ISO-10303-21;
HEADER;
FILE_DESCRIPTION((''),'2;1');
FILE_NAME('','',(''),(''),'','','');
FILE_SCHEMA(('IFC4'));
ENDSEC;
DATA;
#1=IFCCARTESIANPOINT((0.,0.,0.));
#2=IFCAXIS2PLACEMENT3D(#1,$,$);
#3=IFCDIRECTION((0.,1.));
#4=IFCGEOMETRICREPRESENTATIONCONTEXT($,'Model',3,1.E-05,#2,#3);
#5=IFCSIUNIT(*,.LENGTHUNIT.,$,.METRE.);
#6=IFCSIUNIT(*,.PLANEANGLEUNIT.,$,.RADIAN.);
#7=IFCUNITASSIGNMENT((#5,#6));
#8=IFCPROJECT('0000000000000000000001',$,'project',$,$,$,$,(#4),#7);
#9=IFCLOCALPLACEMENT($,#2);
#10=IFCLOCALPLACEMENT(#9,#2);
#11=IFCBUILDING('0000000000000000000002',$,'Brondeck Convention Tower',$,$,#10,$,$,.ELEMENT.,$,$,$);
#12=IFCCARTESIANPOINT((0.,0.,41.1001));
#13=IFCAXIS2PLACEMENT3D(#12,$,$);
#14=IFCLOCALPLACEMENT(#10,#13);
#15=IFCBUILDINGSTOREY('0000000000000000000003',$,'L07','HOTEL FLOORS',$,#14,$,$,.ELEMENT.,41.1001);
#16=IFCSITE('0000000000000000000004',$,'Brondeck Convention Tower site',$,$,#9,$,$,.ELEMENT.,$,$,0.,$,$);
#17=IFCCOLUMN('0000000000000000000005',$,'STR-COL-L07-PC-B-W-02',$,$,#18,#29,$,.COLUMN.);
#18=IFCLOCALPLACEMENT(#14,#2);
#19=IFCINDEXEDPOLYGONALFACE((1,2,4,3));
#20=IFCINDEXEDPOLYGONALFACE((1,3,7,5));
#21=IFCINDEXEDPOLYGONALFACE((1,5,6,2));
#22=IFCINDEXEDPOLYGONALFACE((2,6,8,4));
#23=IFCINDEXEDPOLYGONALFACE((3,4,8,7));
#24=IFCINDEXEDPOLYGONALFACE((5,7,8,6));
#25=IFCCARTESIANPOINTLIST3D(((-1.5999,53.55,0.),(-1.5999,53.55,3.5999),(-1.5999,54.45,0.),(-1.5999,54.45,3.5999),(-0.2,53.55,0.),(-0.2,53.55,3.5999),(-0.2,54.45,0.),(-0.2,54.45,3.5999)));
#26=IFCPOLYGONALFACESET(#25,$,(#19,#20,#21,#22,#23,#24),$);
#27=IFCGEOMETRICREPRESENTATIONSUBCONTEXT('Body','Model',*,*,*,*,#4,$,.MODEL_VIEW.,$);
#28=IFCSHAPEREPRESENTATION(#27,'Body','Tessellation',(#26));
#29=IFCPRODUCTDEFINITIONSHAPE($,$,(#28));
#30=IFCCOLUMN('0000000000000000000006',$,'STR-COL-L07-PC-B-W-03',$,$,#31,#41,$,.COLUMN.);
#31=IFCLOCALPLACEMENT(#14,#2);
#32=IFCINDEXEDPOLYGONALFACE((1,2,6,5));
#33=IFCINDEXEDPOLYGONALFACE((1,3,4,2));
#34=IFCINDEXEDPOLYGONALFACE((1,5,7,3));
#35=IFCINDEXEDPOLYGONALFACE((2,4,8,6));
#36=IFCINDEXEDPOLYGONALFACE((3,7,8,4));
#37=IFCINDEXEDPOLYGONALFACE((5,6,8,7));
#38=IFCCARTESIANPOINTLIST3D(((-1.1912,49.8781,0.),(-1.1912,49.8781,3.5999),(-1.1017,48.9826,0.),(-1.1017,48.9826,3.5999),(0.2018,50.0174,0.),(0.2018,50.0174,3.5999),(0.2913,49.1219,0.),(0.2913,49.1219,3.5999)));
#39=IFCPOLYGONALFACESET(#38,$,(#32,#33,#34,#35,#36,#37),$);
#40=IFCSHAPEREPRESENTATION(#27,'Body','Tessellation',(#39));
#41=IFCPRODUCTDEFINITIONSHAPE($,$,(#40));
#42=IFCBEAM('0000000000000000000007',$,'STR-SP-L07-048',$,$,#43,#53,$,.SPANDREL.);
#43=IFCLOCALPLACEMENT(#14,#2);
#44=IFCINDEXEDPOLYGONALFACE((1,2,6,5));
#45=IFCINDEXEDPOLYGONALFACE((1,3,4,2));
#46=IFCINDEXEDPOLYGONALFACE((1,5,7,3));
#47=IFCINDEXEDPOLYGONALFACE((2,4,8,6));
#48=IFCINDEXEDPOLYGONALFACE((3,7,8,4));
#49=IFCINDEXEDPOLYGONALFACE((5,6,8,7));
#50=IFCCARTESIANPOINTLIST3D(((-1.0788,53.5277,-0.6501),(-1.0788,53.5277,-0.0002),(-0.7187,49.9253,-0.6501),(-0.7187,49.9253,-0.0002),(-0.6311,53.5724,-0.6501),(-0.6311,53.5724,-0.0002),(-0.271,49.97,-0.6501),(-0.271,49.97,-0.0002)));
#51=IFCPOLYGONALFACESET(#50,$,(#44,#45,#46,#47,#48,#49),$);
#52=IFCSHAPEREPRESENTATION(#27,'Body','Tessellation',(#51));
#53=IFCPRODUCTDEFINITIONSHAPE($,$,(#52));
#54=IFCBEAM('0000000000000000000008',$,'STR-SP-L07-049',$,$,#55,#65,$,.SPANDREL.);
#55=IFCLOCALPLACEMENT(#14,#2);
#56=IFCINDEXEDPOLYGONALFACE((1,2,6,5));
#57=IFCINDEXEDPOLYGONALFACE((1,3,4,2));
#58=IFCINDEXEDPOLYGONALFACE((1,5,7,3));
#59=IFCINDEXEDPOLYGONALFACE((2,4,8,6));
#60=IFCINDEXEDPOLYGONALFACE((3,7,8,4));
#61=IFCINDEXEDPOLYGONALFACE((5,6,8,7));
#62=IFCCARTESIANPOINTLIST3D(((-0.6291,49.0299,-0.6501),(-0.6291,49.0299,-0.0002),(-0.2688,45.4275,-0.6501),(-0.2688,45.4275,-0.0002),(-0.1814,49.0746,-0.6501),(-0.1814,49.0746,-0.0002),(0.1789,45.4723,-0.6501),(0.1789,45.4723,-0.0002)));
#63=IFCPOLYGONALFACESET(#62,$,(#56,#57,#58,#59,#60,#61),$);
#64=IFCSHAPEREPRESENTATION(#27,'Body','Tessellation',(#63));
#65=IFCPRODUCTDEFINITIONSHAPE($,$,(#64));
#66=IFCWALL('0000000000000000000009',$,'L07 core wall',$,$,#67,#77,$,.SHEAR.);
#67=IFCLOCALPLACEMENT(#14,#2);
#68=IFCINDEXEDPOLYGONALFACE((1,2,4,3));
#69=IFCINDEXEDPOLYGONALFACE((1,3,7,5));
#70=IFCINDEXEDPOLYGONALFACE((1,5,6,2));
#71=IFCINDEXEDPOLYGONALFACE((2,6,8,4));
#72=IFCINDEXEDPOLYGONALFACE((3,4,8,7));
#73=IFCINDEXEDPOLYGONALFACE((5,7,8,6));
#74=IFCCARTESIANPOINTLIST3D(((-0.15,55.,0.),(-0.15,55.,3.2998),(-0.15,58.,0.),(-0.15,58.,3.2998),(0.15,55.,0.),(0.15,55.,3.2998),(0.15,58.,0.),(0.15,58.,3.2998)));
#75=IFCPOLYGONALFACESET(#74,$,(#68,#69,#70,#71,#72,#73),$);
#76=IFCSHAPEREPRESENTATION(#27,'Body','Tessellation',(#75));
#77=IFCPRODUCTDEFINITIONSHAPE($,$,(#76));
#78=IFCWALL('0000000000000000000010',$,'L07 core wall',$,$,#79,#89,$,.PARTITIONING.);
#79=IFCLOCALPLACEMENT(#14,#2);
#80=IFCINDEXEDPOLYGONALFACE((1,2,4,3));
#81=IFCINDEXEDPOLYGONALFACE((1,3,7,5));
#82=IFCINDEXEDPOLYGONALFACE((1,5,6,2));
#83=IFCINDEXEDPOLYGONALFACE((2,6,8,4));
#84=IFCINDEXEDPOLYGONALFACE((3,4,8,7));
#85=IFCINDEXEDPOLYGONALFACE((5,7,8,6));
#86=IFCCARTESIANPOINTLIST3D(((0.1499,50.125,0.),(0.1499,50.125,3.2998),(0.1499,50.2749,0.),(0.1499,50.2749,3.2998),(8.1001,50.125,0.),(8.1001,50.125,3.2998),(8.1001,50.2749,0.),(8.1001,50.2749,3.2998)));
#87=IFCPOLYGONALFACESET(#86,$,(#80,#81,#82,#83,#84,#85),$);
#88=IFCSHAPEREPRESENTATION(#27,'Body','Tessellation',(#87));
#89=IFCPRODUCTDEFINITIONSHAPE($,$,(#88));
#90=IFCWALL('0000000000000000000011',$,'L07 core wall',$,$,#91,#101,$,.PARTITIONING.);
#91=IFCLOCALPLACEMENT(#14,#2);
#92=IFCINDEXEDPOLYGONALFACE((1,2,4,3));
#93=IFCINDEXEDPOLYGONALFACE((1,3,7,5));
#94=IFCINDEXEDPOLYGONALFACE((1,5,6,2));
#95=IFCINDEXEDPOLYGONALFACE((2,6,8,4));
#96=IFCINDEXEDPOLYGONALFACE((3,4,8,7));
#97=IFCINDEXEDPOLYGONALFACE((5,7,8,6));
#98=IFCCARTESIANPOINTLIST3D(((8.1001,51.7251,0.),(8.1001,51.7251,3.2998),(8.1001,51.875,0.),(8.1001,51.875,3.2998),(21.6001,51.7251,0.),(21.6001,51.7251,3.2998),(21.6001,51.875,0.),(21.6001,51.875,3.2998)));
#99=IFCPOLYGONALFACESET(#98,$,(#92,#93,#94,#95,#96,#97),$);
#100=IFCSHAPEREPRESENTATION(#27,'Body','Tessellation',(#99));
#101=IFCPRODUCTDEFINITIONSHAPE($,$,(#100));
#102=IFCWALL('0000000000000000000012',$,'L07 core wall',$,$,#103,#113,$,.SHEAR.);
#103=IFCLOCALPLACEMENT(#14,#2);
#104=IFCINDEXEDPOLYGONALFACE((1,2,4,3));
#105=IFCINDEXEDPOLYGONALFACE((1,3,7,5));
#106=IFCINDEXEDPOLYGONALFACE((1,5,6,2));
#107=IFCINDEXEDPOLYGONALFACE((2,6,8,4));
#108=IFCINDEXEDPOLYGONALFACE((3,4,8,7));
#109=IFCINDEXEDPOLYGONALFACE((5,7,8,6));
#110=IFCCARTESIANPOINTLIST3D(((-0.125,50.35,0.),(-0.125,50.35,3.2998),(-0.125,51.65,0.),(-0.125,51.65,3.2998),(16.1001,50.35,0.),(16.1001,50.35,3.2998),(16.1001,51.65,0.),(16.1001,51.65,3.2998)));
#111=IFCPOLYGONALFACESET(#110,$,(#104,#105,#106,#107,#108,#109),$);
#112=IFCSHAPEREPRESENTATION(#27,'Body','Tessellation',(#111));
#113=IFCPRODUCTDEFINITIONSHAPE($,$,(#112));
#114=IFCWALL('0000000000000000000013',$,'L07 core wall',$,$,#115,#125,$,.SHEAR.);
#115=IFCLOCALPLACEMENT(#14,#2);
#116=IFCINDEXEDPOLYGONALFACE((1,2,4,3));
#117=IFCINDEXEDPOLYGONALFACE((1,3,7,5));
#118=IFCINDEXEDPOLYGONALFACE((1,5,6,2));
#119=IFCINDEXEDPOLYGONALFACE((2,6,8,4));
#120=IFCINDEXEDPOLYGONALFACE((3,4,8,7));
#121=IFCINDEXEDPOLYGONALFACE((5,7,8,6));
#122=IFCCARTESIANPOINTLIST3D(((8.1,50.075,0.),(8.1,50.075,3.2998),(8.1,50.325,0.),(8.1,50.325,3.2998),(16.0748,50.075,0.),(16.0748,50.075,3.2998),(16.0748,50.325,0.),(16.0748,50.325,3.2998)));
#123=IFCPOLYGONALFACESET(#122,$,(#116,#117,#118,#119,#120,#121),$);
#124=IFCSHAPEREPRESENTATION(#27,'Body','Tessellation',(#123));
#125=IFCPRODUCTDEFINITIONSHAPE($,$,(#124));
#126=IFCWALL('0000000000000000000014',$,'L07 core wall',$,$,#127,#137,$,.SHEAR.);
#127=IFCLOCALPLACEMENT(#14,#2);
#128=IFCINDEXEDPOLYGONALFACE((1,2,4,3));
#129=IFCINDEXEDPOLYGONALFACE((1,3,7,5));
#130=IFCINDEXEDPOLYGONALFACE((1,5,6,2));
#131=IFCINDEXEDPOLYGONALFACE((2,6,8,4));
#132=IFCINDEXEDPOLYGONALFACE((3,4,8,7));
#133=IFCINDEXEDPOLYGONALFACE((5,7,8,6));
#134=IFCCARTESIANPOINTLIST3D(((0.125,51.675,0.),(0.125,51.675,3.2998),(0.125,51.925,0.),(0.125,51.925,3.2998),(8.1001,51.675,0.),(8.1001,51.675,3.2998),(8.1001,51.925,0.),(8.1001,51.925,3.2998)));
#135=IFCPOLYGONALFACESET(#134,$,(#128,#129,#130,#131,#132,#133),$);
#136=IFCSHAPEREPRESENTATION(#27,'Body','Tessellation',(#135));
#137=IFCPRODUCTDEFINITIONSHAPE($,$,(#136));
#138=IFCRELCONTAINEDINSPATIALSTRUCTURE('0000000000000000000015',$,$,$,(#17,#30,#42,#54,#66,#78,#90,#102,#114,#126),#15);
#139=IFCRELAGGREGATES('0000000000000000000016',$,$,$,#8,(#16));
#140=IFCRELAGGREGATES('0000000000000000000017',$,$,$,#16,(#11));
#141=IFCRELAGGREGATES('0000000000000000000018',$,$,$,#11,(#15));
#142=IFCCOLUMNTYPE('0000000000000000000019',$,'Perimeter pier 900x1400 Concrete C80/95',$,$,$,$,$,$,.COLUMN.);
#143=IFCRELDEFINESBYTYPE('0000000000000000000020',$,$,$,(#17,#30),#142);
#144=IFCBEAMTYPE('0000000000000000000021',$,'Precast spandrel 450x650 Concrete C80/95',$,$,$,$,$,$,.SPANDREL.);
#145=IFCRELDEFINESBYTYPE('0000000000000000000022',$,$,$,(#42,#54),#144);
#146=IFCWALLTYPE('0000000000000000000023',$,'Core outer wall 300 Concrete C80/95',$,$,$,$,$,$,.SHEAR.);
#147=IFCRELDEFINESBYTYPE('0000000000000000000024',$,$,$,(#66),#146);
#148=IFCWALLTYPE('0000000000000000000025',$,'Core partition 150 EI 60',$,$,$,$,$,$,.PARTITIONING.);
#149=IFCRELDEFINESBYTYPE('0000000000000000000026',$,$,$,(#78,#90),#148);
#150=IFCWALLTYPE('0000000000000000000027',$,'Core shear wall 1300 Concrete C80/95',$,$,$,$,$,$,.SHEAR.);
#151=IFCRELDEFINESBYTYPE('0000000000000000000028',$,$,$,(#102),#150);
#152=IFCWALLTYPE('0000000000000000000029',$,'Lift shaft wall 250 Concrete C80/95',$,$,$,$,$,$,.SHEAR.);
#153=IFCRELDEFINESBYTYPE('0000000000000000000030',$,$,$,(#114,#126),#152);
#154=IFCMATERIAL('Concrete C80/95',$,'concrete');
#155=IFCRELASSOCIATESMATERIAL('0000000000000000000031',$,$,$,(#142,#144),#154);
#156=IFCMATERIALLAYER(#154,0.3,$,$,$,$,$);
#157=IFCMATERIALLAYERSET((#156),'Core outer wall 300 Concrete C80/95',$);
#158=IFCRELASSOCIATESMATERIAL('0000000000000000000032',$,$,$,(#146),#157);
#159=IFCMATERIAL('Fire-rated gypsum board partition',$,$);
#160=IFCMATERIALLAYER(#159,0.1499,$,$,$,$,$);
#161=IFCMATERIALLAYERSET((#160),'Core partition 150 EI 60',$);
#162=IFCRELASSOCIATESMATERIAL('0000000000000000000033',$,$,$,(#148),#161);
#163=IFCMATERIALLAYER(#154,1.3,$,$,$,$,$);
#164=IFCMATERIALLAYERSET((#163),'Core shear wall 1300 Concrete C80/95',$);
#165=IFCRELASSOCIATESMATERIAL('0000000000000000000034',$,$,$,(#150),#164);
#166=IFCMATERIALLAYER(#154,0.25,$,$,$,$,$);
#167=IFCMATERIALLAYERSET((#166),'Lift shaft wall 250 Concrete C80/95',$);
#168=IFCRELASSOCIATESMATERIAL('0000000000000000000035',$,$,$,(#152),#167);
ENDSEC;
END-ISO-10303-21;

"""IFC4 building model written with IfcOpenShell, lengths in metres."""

from ifc_helpers import new_model, si_unit, direction, frame, frame_2d, origin, origin_2d, place, context, subcontext, project, spatial, rectangle, extrude, material, layer, layer_set, material_profile, profile_set, type_object, element, save


model = new_model("IFC4")

# Units and contexts
model_context = context("Model", 3, precision=1e-05, world=origin(), true_north=direction((0.0, 1.0)))
body_context = subcontext(model_context, "Body", "Model", "MODEL_VIEW")
ifc_project = project(units=[si_unit("LENGTHUNIT", "METRE"), si_unit("PLANEANGLEUNIT", "RADIAN")], contexts=[model_context])

# Site, building, storey
site_placement = place(None, origin())
site = spatial("IfcSite", under=ifc_project, at=site_placement, Name="Brondeck Convention Tower site", CompositionType="ELEMENT", RefElevation=0.0)
building_placement = place(site_placement, origin())
building = spatial("IfcBuilding", under=site, at=building_placement, Name="Brondeck Convention Tower", CompositionType="ELEMENT")
storey_placement = place(building_placement, frame((0.0, 0.0, 41.1001)))
storey = spatial("IfcBuildingStorey", under=building, at=storey_placement, Name="L07", Description="HOTEL FLOORS", CompositionType="ELEMENT", Elevation=41.1001)

# Columns
ifc_material_1 = material(Name="Concrete C80/95", Category="concrete")
ifc_material_profile_1 = material_profile(ifc_material_1, rectangle(XDim=0.8999, YDim=1.3999, at=origin_2d()), Name="Perimeter pier 900x1400 Concrete C80/95")
ifc_profile_set_1 = profile_set([ifc_material_profile_1], Name="Concrete C80/95")
column_type = type_object("IfcColumnType", Name="Perimeter pier 900x1400 Concrete C80/95", PredefinedType="COLUMN", material=ifc_profile_set_1)
for number, where, z_axis, x_axis, name in (
    (1, (-0.8999, 54.0, 0.0), (0.0, 0.0, 1.0), (0.0, -1.0, 0.0), "STR-COL-L07-PC-B-W-02"),
    (2, (-0.45, 49.5, 0.0), (0.0, 0.0, 1.0), (0.099504, -0.995037, 0.0), "STR-COL-L07-PC-B-W-03"),
):
    element("IfcColumn", number, at=place(storey_placement, frame(where, z_axis=z_axis, x_axis=x_axis)), inside=storey, type_object=column_type, Name=name, PredefinedType="COLUMN", context=body_context, shape_type="SweptSolid", body=[
        extrude(rectangle(XDim=0.8999, YDim=1.3999, at=origin_2d()), origin(), (0.0, 0.0, 1.0), 3.5999),
    ])

# Beams
ifc_material_profile_2 = material_profile(ifc_material_1, rectangle(XDim=0.45, YDim=0.6499, at=origin_2d()), Name="Precast spandrel 450x650 Concrete C80/95")
ifc_profile_set_2 = profile_set([ifc_material_profile_2], Name="Concrete C80/95")
beam_type = type_object("IfcBeamType", Name="Precast spandrel 450x650 Concrete C80/95", PredefinedType="SPANDREL", material=ifc_profile_set_2)
for number, where, z_axis, x_axis, name in (
    (3, (-0.855, 53.55, -0.3252), (0.09947, -0.995041, 0.0), (0.995041, 0.09947, 0.0), "STR-SP-L07-048"),
    (4, (-0.4053, 49.0522, -0.3252), (0.099537, -0.995034, 0.0), (0.995034, 0.099537, 0.0), "STR-SP-L07-049"),
):
    element("IfcBeam", number, at=place(storey_placement, frame(where, z_axis=z_axis, x_axis=x_axis)), inside=storey, type_object=beam_type, Name=name, PredefinedType="SPANDREL", context=body_context, shape_type="SweptSolid", body=[
        extrude(rectangle(XDim=0.45, YDim=0.6499, at=origin_2d()), origin(), (0.0, 0.0, 1.0), 3.6204),
    ])

# Walls
ifc_layer_1 = layer(ifc_material_1, 0.3)
ifc_layer_set_1 = layer_set([ifc_layer_1], Name="Core outer wall 300 Concrete C80/95")
wall_type_1 = type_object("IfcWallType", Name="Core outer wall 300 Concrete C80/95", PredefinedType="SHEAR", material=ifc_layer_set_1)
wall_1_placement = place(storey_placement, frame((0.0, 55.0, 0.0), z_axis=(0.0, 0.0, 1.0), x_axis=(0.0, 1.0, 0.0)))
element("IfcWall", 5, at=wall_1_placement, inside=storey, type_object=wall_type_1, Name="L07 core wall", PredefinedType="SHEAR", context=body_context, shape_type="SweptSolid", body=[
    extrude(rectangle(XDim=3.0, YDim=0.3, at=frame_2d((1.5, 0.0))), origin(), (0.0, 0.0, 1.0), 3.2998),
])
ifc_material_2 = material(Name="Fire-rated gypsum board partition")
ifc_layer_2 = layer(ifc_material_2, 0.1499)
ifc_layer_set_2 = layer_set([ifc_layer_2], Name="Core partition 150 EI 60")
wall_type_2 = type_object("IfcWallType", Name="Core partition 150 EI 60", PredefinedType="PARTITIONING", material=ifc_layer_set_2)
wall_2_placement = place(storey_placement, frame((0.1499, 50.2, 0.0), z_axis=(0.0, 0.0, 1.0), x_axis=(1.0, 0.0, 0.0)))
element("IfcWall", 6, at=wall_2_placement, inside=storey, type_object=wall_type_2, Name="L07 core wall", PredefinedType="PARTITIONING", context=body_context, shape_type="SweptSolid", body=[
    extrude(rectangle(XDim=7.9502, YDim=0.1499, at=frame_2d((3.9751, 0.0))), origin(), (0.0, 0.0, 1.0), 3.2998),
])
wall_3_placement = place(storey_placement, frame((8.1001, 51.8, 0.0), z_axis=(0.0, 0.0, 1.0), x_axis=(1.0, 0.0, 0.0)))
element("IfcWall", 7, at=wall_3_placement, inside=storey, type_object=wall_type_2, Name="L07 core wall", PredefinedType="PARTITIONING", context=body_context, shape_type="SweptSolid", body=[
    extrude(rectangle(XDim=13.5, YDim=0.1499, at=frame_2d((6.75, 0.0))), origin(), (0.0, 0.0, 1.0), 3.2998),
])
ifc_layer_3 = layer(ifc_material_1, 1.3)
ifc_layer_set_3 = layer_set([ifc_layer_3], Name="Core shear wall 1300 Concrete C80/95")
wall_type_3 = type_object("IfcWallType", Name="Core shear wall 1300 Concrete C80/95", PredefinedType="SHEAR", material=ifc_layer_set_3)
wall_4_placement = place(storey_placement, frame((-0.125, 51.0, 0.0), z_axis=(0.0, 0.0, 1.0), x_axis=(1.0, 0.0, 0.0)))
element("IfcWall", 8, at=wall_4_placement, inside=storey, type_object=wall_type_3, Name="L07 core wall", PredefinedType="SHEAR", context=body_context, shape_type="SweptSolid", body=[
    extrude(rectangle(XDim=16.2251, YDim=1.3, at=frame_2d((8.1125, 0.0))), origin(), (0.0, 0.0, 1.0), 3.2998),
])
ifc_layer_4 = layer(ifc_material_1, 0.25)
ifc_layer_set_4 = layer_set([ifc_layer_4], Name="Lift shaft wall 250 Concrete C80/95")
wall_type_4 = type_object("IfcWallType", Name="Lift shaft wall 250 Concrete C80/95", PredefinedType="SHEAR", material=ifc_layer_set_4)
wall_5_placement = place(storey_placement, frame((8.1001, 50.2, 0.0), z_axis=(0.0, 0.0, 1.0), x_axis=(1.0, 0.0, 0.0)))
element("IfcWall", 9, at=wall_5_placement, inside=storey, type_object=wall_type_4, Name="L07 core wall", PredefinedType="SHEAR", context=body_context, shape_type="SweptSolid", body=[
    extrude(rectangle(XDim=7.9749, YDim=0.25, at=frame_2d((3.9873, 0.0))), origin(), (0.0, 0.0, 1.0), 3.2998),
])
wall_6_placement = place(storey_placement, frame((0.125, 51.8, 0.0), z_axis=(0.0, 0.0, 1.0), x_axis=(1.0, 0.0, 0.0)))
element("IfcWall", 10, at=wall_6_placement, inside=storey, type_object=wall_type_4, Name="L07 core wall", PredefinedType="SHEAR", context=body_context, shape_type="SweptSolid", body=[
    extrude(rectangle(XDim=7.9751, YDim=0.25, at=frame_2d((3.9875, 0.0))), origin(), (0.0, 0.0, 1.0), 3.2998),
])

save(model, "model.ifc")
